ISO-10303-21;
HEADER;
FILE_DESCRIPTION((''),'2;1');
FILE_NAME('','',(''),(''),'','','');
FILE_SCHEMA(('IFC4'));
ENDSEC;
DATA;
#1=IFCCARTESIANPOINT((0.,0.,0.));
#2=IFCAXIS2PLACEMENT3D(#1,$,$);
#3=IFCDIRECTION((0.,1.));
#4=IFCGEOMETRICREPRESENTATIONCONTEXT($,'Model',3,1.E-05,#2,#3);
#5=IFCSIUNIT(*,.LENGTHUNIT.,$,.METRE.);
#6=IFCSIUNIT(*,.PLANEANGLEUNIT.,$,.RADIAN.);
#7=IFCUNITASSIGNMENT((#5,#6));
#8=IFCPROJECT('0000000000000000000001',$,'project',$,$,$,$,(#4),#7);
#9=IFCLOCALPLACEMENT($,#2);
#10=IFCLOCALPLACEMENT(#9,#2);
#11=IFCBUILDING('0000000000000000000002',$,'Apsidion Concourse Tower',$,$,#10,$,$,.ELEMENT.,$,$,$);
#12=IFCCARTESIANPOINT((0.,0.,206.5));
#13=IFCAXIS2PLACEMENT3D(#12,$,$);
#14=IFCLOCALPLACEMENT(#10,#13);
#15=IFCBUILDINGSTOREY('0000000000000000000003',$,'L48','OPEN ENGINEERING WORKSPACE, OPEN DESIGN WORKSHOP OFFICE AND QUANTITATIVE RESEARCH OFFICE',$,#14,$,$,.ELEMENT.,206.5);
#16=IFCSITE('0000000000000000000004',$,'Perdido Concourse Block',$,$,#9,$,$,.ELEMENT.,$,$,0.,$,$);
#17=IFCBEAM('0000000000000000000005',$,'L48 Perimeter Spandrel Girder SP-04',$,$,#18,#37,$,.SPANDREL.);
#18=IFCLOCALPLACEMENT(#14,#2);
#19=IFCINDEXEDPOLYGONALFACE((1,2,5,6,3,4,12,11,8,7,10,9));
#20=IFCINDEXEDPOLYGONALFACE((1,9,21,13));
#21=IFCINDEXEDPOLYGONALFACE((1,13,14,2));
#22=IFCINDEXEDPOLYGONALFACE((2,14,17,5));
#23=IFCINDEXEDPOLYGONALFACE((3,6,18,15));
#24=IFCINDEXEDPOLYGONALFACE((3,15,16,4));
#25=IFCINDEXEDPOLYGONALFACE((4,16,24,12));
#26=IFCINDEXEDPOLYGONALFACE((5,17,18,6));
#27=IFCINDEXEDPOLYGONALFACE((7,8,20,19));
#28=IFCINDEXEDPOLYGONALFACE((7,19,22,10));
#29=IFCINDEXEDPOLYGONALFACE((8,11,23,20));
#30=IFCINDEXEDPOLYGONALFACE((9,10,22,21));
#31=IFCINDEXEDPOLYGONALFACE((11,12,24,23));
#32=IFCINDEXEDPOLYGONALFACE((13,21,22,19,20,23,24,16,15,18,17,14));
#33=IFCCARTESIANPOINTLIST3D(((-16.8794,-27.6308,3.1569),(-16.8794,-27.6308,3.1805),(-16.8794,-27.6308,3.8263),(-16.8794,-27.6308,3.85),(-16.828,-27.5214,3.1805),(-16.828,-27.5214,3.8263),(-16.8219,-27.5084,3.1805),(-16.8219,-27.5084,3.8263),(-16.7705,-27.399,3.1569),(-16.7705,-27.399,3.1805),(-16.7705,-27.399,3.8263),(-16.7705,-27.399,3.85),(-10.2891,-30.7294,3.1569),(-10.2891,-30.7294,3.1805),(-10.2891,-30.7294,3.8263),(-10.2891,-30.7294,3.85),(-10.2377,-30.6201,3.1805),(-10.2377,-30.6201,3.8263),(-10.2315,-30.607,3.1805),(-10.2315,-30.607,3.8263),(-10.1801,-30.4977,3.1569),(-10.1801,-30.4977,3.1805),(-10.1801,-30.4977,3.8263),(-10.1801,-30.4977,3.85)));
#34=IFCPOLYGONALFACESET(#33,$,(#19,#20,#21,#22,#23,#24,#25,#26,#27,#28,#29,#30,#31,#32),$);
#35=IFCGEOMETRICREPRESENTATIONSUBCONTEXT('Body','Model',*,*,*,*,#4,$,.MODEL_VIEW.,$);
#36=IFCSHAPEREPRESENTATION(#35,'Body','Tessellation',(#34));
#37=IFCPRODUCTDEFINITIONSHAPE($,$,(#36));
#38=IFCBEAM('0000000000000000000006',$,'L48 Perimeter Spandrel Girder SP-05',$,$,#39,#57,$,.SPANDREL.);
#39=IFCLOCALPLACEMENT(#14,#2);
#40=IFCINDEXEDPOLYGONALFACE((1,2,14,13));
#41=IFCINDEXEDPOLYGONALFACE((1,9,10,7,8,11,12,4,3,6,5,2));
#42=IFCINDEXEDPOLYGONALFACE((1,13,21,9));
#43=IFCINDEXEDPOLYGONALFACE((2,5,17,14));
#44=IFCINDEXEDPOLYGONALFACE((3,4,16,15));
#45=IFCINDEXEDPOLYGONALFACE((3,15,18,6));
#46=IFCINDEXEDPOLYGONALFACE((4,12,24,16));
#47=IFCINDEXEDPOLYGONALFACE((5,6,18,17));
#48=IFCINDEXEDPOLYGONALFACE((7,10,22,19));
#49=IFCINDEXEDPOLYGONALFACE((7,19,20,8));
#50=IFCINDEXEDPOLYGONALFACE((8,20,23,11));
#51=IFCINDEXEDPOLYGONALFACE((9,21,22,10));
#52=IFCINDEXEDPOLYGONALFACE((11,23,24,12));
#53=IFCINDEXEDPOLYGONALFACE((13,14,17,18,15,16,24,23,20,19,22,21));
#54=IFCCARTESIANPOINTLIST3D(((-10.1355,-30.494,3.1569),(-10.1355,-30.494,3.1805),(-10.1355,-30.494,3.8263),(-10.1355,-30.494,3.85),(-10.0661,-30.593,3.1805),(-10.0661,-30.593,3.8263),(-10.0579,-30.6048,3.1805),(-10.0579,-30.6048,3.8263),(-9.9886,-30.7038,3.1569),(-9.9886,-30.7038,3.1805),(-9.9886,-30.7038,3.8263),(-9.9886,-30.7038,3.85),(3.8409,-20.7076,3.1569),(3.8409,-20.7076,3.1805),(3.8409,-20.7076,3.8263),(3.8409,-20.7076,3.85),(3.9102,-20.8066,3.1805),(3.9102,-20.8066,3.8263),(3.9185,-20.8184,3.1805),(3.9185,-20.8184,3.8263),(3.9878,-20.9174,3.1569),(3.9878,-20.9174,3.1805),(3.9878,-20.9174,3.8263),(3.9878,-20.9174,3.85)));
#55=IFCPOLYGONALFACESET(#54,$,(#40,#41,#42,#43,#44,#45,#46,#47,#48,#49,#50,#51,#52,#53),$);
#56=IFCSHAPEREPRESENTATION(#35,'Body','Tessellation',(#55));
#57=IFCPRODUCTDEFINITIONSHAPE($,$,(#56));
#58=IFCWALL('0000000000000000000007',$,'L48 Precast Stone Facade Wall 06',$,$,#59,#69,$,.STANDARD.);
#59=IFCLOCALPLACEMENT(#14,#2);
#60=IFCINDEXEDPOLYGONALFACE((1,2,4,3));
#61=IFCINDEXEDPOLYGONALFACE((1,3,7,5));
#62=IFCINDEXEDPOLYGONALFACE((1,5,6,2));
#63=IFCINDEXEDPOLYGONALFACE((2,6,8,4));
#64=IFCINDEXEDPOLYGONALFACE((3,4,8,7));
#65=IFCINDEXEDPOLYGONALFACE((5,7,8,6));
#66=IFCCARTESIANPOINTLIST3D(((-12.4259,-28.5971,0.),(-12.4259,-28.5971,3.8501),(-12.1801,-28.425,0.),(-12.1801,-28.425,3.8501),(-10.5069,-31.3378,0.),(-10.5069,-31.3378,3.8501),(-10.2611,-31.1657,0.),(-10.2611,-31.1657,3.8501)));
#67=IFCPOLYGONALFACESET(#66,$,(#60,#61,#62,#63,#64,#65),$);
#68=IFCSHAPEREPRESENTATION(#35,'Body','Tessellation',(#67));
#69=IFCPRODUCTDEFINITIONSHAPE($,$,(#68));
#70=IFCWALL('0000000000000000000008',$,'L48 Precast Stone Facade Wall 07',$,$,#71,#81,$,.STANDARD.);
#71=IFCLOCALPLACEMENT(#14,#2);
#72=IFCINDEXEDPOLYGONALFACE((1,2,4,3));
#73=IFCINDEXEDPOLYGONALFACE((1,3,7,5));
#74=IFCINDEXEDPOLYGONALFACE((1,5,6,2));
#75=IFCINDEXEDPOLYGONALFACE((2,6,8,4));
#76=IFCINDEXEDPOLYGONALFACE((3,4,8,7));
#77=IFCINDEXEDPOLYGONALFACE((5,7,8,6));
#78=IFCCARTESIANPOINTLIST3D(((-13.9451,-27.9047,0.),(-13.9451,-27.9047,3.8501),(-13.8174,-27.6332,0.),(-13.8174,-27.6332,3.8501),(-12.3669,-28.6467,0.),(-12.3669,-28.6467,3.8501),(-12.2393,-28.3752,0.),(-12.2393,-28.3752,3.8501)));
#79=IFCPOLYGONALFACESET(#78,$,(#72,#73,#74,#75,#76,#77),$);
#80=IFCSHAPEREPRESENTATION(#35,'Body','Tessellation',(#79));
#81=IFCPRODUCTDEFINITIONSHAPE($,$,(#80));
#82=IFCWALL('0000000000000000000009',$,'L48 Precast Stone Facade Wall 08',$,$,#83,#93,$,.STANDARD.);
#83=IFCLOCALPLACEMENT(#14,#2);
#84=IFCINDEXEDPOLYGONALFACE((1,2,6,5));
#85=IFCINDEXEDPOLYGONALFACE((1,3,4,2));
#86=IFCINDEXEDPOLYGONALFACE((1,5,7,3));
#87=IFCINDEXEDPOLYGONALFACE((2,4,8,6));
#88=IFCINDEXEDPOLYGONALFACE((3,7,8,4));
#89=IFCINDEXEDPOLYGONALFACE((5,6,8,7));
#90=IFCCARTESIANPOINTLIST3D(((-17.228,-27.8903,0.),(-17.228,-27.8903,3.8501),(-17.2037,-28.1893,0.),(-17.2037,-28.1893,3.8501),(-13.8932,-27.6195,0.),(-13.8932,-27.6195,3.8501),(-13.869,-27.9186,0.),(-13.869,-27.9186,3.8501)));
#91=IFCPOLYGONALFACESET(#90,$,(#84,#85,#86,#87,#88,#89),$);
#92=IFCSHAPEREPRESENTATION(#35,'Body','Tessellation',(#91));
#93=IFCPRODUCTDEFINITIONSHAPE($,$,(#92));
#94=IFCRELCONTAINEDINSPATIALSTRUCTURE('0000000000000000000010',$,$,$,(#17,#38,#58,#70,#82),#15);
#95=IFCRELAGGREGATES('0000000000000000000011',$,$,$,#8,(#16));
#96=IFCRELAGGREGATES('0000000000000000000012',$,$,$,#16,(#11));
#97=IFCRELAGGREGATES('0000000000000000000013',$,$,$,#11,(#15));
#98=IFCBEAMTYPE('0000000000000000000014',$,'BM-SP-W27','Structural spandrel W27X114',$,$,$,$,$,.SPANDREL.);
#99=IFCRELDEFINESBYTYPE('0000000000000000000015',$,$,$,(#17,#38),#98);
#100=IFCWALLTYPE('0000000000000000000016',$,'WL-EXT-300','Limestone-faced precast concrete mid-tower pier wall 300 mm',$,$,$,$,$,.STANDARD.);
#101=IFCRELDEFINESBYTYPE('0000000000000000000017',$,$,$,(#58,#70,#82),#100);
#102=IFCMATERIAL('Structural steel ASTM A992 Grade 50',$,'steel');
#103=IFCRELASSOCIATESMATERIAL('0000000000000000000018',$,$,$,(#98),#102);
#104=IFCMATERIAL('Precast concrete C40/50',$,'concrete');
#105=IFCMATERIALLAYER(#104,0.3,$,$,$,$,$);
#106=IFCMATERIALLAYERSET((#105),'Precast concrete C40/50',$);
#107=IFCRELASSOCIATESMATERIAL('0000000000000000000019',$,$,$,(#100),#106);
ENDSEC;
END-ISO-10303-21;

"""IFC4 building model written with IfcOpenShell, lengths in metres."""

from ifc_helpers import new_model, si_unit, direction, frame, frame_2d, origin, origin_2d, place, context, subcontext, project, spatial, rectangle, i_section, extrude, material, layer, layer_set, material_profile, profile_set, type_object, element, save


model = new_model("IFC4")

# Units and contexts
model_context = context("Model", 3, precision=1e-05, world=origin(), true_north=direction((0.0, 1.0)))
body_context = subcontext(model_context, "Body", "Model", "MODEL_VIEW")
ifc_project = project(units=[si_unit("LENGTHUNIT", "METRE"), si_unit("PLANEANGLEUNIT", "RADIAN")], contexts=[model_context])

# Site, building, storey
site_placement = place(None, origin())
site = spatial("IfcSite", under=ifc_project, at=site_placement, Name="Perdido Concourse Block", CompositionType="ELEMENT", RefElevation=0.0)
building_placement = place(site_placement, origin())
building = spatial("IfcBuilding", under=site, at=building_placement, Name="Apsidion Concourse Tower", CompositionType="ELEMENT")
storey_placement = place(building_placement, frame((0.0, 0.0, 206.5)))
storey = spatial("IfcBuildingStorey", under=building, at=storey_placement, Name="L48", Description="OPEN ENGINEERING WORKSPACE, OPEN DESIGN WORKSHOP OFFICE AND QUANTITATIVE RESEARCH OFFICE", CompositionType="ELEMENT", Elevation=206.5)

# Shared definitions
ifc_material_1 = material(Name="Structural steel ASTM A992 Grade 50", Category="steel")

# Beams
ifc_material_profile_1 = material_profile(ifc_material_1, i_section(OverallWidth=0.2561, OverallDepth=0.6931, WebThickness=0.0144, FlangeThickness=0.0237, at=origin_2d()), Name="W27X114")
ifc_profile_set_1 = profile_set([ifc_material_profile_1], Name="Structural steel ASTM A992 Grade 50")
beam_type_1 = type_object("IfcBeamType", Name="BM-SP-W27", Description="Structural spandrel W27X114", PredefinedType="SPANDREL", material=ifc_profile_set_1)
beam_1_placement = place(storey_placement, frame((-16.825, -27.5149, 3.5034), z_axis=(0.904961, -0.425493, 0.0), x_axis=(0.425493, 0.904961, 0.0)))
element("IfcBeam", 1, at=beam_1_placement, inside=storey, type_object=beam_type_1, Name="L48 Perimeter Spandrel Girder SP-04", PredefinedType="SPANDREL", context=body_context, shape_type="SweptSolid", body=[
    extrude(i_section(OverallWidth=0.2561, OverallDepth=0.6931, WebThickness=0.0144, FlangeThickness=0.0237, at=origin_2d()), origin(), (0.0, 0.0, 1.0), 7.2825),
])
beam_2_placement = place(storey_placement, frame((-10.062, -30.5989, 3.5034), z_axis=(0.819151, 0.573579, 0.0), x_axis=(-0.573579, 0.819151, 0.0)))
element("IfcBeam", 2, at=beam_2_placement, inside=storey, type_object=beam_type_1, Name="L48 Perimeter Spandrel Girder SP-05", PredefinedType="SPANDREL", context=body_context, shape_type="SweptSolid", body=[
    extrude(i_section(OverallWidth=0.2561, OverallDepth=0.6931, WebThickness=0.0144, FlangeThickness=0.0237, at=origin_2d()), origin(), (0.0, 0.0, 1.0), 17.062),
])

# Walls
ifc_material_2 = material(Name="Precast concrete C40/50", Category="concrete")
ifc_layer_1 = layer(ifc_material_2, 0.3)
ifc_layer_set_1 = layer_set([ifc_layer_1], Name="Precast concrete C40/50")
wall_type_1 = type_object("IfcWallType", Name="WL-EXT-300", Description="Limestone-faced precast concrete mid-tower pier wall 300 mm", PredefinedType="STANDARD", material=ifc_layer_set_1)
wall_1_placement = place(storey_placement, frame((-10.384, -31.2517, 0.0), z_axis=(0.0, 0.0, 1.0), x_axis=(-0.57355, 0.81917, 0.0)))
element("IfcWall", 3, at=wall_1_placement, inside=storey, type_object=wall_type_1, Name="L48 Precast Stone Facade Wall 06", PredefinedType="STANDARD", context=body_context, shape_type="SweptSolid", body=[
    extrude(rectangle(XDim=3.3457, YDim=0.3, at=frame_2d((1.6729, 0.0))), origin(), (0.0, 0.0, 1.0), 3.8501),
])
wall_2_placement = place(storey_placement, frame((-12.303, -28.511, 0.0), z_axis=(0.0, 0.0, 1.0), x_axis=(-0.904974, 0.425467, 0.0)))
element("IfcWall", 4, at=wall_2_placement, inside=storey, type_object=wall_type_1, Name="L48 Precast Stone Facade Wall 07", PredefinedType="STANDARD", context=body_context, shape_type="SweptSolid", body=[
    extrude(rectangle(XDim=1.7439, YDim=0.3, at=frame_2d((0.8721, 0.0))), origin(), (0.0, 0.0, 1.0), 3.8501),
])
wall_3_placement = place(storey_placement, frame((-13.8811, -27.769, 0.0), z_axis=(0.0, 0.0, 1.0), x_axis=(-0.99672, -0.080926, 0.0)))
element("IfcWall", 5, at=wall_3_placement, inside=storey, type_object=wall_type_1, Name="L48 Precast Stone Facade Wall 08", PredefinedType="STANDARD", context=body_context, shape_type="SweptSolid", body=[
    extrude(rectangle(XDim=3.3457, YDim=0.3, at=frame_2d((1.6729, 0.0))), origin(), (0.0, 0.0, 1.0), 3.8501),
])

save(model, "model.ifc")
